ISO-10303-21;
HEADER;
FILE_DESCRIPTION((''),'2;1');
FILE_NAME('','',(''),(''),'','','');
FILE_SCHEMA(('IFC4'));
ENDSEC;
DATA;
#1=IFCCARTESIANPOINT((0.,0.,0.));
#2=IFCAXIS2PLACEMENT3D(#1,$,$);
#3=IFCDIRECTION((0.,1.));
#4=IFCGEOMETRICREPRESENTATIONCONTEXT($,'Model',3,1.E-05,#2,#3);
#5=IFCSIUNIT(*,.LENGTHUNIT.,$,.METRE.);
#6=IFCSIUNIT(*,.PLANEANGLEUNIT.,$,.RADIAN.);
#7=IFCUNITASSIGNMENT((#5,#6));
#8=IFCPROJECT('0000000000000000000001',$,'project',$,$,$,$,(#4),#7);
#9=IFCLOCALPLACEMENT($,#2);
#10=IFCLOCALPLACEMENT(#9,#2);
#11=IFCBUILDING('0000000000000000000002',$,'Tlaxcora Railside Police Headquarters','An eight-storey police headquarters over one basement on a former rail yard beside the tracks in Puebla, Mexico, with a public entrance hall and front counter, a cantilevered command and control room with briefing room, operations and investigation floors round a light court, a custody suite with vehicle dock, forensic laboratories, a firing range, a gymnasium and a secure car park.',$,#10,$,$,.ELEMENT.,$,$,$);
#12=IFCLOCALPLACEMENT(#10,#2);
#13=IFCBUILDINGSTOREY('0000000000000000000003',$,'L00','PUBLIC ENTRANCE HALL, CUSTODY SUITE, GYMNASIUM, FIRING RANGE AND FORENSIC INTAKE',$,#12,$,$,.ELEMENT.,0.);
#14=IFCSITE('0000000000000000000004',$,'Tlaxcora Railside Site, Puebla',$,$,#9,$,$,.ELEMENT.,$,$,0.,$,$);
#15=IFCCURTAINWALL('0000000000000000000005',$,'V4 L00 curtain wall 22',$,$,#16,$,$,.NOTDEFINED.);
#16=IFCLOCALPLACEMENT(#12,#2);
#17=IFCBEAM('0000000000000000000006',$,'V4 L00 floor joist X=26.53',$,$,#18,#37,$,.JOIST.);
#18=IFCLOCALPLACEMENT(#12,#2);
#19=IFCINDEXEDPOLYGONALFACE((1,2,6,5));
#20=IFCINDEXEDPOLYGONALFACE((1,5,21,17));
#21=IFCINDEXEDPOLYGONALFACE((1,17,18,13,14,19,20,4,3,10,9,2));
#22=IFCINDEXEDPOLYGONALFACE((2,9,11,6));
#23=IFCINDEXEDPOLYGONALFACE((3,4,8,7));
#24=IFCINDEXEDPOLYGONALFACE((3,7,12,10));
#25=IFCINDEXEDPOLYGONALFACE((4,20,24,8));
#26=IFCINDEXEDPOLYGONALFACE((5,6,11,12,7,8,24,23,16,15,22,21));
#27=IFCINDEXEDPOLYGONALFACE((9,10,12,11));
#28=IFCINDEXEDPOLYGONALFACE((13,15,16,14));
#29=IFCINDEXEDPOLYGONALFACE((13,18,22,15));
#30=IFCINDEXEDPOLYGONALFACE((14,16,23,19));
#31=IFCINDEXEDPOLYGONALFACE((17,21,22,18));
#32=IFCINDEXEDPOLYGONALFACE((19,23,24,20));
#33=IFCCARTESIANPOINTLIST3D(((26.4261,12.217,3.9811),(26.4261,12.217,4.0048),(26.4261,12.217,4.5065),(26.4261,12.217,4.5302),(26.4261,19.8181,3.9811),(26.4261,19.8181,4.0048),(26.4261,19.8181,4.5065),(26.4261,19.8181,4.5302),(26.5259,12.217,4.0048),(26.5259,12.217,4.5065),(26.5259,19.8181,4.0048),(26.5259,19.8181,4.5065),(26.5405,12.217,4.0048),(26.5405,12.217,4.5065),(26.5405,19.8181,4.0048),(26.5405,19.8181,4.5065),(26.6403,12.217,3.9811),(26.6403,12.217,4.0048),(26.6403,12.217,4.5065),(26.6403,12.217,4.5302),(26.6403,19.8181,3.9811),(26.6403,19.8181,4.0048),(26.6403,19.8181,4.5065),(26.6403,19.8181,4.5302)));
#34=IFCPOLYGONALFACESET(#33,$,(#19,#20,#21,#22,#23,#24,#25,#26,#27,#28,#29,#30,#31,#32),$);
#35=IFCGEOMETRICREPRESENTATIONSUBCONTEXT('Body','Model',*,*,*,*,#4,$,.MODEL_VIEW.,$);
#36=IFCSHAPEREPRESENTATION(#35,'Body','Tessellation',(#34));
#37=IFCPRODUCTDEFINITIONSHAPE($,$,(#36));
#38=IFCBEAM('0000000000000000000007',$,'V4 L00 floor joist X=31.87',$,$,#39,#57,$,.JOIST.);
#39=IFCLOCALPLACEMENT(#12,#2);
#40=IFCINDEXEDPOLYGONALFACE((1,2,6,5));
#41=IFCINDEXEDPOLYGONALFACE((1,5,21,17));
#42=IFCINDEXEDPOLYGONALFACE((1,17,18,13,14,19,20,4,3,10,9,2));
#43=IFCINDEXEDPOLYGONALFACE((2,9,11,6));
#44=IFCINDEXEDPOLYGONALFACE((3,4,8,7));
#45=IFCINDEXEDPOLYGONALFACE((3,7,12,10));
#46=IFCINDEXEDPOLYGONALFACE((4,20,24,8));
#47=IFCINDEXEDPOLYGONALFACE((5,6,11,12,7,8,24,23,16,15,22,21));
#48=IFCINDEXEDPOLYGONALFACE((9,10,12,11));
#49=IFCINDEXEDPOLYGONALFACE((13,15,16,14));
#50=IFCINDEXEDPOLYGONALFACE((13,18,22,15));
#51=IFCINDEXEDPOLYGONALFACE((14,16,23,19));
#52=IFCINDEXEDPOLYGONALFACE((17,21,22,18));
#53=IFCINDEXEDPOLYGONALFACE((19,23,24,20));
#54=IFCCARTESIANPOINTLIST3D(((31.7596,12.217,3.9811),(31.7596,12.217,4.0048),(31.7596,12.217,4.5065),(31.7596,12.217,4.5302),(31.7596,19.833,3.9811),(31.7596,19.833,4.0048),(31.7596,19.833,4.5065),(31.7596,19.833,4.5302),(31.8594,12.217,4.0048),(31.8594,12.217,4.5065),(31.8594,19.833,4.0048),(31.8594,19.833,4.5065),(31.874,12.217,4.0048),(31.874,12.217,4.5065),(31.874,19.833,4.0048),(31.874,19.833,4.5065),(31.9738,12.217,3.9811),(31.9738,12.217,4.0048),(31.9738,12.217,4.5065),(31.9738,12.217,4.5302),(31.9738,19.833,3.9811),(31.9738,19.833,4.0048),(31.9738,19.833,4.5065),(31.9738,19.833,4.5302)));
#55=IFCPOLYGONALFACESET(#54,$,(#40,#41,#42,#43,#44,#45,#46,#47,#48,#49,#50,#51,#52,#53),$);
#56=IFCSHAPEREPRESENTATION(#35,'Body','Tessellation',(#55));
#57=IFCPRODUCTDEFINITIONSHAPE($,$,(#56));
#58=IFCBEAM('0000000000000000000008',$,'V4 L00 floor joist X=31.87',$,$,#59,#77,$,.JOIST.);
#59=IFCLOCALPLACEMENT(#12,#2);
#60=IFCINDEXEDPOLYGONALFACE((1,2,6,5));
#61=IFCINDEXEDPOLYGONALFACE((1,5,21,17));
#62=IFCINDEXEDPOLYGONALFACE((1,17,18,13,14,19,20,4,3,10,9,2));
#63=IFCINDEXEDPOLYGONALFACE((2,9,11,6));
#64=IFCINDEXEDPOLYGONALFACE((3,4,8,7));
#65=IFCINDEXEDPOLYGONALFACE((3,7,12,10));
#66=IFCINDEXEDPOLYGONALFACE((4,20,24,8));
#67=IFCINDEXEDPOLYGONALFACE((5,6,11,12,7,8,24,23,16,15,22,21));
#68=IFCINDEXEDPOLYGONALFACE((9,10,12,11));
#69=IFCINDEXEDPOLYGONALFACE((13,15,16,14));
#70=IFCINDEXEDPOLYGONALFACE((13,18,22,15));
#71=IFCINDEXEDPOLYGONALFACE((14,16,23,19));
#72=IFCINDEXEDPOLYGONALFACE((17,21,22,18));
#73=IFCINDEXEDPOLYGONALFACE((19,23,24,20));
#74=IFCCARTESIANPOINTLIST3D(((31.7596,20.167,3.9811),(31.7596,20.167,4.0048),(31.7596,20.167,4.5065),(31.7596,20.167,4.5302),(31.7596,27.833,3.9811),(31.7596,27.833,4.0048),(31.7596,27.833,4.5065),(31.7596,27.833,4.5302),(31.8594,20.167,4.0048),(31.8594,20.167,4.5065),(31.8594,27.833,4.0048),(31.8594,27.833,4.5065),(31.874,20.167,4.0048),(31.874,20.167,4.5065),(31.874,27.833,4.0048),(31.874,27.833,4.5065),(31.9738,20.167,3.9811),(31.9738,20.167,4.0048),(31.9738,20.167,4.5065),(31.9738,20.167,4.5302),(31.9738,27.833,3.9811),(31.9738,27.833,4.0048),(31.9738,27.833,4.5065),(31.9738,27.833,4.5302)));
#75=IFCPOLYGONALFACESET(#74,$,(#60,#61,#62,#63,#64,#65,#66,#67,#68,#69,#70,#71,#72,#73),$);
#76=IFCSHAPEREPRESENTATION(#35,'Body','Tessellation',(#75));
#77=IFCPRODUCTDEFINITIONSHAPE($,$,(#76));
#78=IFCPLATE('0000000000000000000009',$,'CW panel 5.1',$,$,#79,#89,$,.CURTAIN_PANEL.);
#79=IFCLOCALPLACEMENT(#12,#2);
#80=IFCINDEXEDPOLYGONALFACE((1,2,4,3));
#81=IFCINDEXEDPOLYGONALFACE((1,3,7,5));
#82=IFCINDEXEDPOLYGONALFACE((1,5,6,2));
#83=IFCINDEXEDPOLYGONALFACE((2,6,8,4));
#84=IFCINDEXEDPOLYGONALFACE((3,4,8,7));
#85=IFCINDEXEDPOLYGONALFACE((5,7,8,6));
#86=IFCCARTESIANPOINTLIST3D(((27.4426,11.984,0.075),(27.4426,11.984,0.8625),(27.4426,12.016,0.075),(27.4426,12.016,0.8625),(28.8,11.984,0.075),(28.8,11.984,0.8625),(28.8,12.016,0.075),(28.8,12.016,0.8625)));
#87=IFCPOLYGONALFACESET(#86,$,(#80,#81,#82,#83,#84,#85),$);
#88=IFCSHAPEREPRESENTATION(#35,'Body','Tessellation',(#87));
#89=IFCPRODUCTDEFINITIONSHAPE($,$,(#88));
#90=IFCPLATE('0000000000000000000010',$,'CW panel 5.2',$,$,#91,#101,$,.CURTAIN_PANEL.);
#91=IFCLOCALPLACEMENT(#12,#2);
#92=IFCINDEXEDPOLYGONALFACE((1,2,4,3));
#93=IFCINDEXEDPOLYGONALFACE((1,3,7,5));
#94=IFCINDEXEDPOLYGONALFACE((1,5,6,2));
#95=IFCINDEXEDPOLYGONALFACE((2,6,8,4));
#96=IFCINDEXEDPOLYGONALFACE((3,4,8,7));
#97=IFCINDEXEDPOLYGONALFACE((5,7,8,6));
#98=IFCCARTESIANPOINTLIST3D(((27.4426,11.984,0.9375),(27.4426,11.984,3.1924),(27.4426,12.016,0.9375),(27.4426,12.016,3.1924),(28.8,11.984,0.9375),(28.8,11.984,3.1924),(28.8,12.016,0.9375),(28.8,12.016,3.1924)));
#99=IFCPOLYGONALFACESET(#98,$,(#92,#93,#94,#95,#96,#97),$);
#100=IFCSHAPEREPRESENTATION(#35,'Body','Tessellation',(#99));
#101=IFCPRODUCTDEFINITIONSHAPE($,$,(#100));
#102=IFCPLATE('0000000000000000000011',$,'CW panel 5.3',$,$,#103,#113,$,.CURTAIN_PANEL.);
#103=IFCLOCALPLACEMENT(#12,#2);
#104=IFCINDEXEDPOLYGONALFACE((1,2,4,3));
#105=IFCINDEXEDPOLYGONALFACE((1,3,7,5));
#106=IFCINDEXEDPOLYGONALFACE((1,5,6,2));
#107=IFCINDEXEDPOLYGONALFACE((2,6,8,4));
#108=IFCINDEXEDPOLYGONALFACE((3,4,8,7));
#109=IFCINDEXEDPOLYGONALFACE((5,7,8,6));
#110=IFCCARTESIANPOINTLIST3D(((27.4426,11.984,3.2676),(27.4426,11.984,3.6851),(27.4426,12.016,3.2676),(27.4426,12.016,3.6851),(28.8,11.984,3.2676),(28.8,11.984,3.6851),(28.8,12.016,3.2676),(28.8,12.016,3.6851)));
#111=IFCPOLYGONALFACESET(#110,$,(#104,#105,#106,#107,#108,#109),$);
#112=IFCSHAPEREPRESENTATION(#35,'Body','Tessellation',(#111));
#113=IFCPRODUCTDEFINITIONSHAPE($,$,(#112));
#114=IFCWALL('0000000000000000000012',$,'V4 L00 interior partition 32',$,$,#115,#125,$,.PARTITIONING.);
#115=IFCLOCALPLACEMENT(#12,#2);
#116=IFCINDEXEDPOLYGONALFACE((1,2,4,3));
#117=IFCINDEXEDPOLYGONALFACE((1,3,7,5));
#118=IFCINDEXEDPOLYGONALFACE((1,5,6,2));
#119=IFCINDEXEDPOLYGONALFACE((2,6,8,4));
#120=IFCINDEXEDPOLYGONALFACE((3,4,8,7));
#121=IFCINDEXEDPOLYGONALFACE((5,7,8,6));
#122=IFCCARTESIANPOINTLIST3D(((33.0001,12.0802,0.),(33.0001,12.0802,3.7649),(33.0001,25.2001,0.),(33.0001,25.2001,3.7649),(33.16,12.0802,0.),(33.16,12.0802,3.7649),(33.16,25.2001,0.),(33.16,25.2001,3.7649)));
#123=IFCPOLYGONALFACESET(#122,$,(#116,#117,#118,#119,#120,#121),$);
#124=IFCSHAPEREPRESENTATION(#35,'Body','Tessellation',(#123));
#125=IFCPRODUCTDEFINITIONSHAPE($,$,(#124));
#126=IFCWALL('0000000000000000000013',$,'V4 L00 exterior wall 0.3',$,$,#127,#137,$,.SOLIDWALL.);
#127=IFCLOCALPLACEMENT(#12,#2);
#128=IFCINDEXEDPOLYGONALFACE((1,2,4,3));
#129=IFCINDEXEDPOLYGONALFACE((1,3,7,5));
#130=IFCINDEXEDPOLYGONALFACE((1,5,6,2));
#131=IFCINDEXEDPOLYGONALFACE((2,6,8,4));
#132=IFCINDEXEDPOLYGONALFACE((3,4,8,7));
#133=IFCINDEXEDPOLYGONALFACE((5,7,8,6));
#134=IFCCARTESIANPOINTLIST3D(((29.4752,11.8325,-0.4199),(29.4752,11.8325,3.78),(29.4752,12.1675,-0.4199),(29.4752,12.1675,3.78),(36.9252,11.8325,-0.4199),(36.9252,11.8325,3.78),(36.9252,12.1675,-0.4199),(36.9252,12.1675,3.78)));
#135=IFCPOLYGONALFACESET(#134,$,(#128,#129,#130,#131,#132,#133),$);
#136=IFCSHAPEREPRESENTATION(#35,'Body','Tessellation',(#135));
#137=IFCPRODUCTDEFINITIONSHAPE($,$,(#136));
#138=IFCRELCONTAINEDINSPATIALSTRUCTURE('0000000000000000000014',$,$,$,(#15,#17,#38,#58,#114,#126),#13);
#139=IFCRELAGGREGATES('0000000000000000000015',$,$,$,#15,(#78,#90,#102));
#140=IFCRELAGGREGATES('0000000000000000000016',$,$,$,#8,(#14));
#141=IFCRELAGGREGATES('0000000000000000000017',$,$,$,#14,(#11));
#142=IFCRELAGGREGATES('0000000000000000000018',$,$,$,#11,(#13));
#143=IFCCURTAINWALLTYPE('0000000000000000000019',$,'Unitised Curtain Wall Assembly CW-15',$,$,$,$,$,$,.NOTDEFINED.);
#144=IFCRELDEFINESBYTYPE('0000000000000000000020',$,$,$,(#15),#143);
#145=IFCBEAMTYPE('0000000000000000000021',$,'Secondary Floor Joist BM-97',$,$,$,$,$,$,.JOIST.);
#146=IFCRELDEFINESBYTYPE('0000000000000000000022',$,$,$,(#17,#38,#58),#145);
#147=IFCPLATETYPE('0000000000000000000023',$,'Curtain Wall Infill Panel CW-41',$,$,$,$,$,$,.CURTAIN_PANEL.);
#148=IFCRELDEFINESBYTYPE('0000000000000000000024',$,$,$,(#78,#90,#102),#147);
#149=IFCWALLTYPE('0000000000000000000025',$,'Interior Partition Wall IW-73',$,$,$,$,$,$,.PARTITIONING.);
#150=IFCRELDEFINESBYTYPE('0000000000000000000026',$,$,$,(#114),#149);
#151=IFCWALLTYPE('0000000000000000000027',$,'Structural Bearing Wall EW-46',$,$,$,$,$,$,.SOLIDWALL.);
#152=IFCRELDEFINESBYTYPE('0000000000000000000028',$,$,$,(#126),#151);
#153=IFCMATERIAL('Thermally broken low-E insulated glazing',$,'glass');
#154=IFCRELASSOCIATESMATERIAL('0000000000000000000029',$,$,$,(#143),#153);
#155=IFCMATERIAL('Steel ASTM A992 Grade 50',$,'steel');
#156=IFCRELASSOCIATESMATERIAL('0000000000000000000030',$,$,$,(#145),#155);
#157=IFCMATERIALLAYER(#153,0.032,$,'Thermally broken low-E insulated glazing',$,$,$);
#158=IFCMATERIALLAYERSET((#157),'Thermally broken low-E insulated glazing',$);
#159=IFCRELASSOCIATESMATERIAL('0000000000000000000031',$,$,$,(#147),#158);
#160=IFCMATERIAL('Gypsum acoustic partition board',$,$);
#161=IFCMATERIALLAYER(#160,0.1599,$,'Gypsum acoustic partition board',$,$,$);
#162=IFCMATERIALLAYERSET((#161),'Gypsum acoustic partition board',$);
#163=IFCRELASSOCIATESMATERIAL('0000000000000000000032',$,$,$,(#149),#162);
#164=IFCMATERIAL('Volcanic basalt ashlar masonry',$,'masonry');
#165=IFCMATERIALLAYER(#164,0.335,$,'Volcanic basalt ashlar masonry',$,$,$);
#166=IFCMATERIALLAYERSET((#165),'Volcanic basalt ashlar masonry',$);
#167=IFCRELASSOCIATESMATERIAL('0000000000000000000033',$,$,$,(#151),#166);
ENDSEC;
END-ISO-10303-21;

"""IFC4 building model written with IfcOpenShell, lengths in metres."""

from ifc_helpers import new_model, si_unit, direction, frame, frame_2d, origin, origin_2d, place, context, subcontext, project, spatial, rectangle, i_section, extrude, material, layer, layer_set, material_profile, profile_set, type_object, element, aggregate, save


model = new_model("IFC4")

# Units and contexts
model_context = context("Model", 3, precision=1e-05, world=origin(), true_north=direction((0.0, 1.0)))
body_context = subcontext(model_context, "Body", "Model", "MODEL_VIEW")
ifc_project = project(units=[si_unit("LENGTHUNIT", "METRE"), si_unit("PLANEANGLEUNIT", "RADIAN")], contexts=[model_context])

# Site, building, storey
site_placement = place(None, origin())
site = spatial("IfcSite", under=ifc_project, at=site_placement, Name="Tlaxcora Railside Site, Puebla", CompositionType="ELEMENT", RefElevation=0.0)
building_placement = place(site_placement, origin())
building = spatial("IfcBuilding", under=site, at=building_placement, Name="Tlaxcora Railside Police Headquarters", Description="An eight-storey police headquarters over one basement on a former rail yard beside the tracks in Puebla, Mexico, with a public entrance hall and front counter, a cantilevered command and control room with briefing room, operations and investigation floors round a light court, a custody suite with vehicle dock, forensic laboratories, a firing range, a gymnasium and a secure car park.", CompositionType="ELEMENT")
storey_placement = place(building_placement, origin())
storey = spatial("IfcBuildingStorey", under=building, at=storey_placement, Name="L00", Description="PUBLIC ENTRANCE HALL, CUSTODY SUITE, GYMNASIUM, FIRING RANGE AND FORENSIC INTAKE", CompositionType="ELEMENT", Elevation=0.0)

# Curtain wall
ifc_material_1 = material(Name="Thermally broken low-E insulated glazing", Category="glass")
curtain_wall_type = type_object("IfcCurtainWallType", Name="Unitised Curtain Wall Assembly CW-15", PredefinedType="NOTDEFINED", material=ifc_material_1)
curtain_wall_placement = place(storey_placement, origin())
curtain_wall = element("IfcCurtainWall", 1, at=curtain_wall_placement, inside=storey, type_object=curtain_wall_type, Name="V4 L00 curtain wall 22", PredefinedType="NOTDEFINED")

# Beams
ifc_material_2 = material(Name="Steel ASTM A992 Grade 50", Category="steel")
ifc_material_profile_1 = material_profile(ifc_material_2, i_section(OverallWidth=0.2141, OverallDepth=0.5491, WebThickness=0.0146, FlangeThickness=0.0237, at=origin_2d()), Name="W21X93")
ifc_profile_set_1 = profile_set([ifc_material_profile_1], Name="Steel ASTM A992 Grade 50")
beam_type_1 = type_object("IfcBeamType", Name="Secondary Floor Joist BM-97", PredefinedType="JOIST", material=ifc_profile_set_1)
beam_1_placement = place(storey_placement, frame((26.5332, 12.217, 4.2556), z_axis=(0.0, 1.0, 0.0), x_axis=(-1.0, 0.0, 0.0)))
element("IfcBeam", 2, at=beam_1_placement, inside=storey, type_object=beam_type_1, Name="V4 L00 floor joist X=26.53", PredefinedType="JOIST", context=body_context, shape_type="SweptSolid", body=[
    extrude(i_section(OverallWidth=0.2141, OverallDepth=0.5491, WebThickness=0.0146, FlangeThickness=0.0237, at=origin_2d()), origin(), (0.0, 0.0, 1.0), 7.6011),
])
beam_2_placement = place(storey_placement, frame((31.8667, 12.217, 4.2556), z_axis=(0.0, 1.0, 0.0), x_axis=(-1.0, 0.0, 0.0)))
element("IfcBeam", 3, at=beam_2_placement, inside=storey, type_object=beam_type_1, Name="V4 L00 floor joist X=31.87", PredefinedType="JOIST", context=body_context, shape_type="SweptSolid", body=[
    extrude(i_section(OverallWidth=0.2141, OverallDepth=0.5491, WebThickness=0.0146, FlangeThickness=0.0237, at=origin_2d()), origin(), (0.0, 0.0, 1.0), 7.616),
])
beam_3_placement = place(storey_placement, frame((31.8667, 20.167, 4.2556), z_axis=(0.0, 1.0, 0.0), x_axis=(-1.0, 0.0, 0.0)))
element("IfcBeam", 4, at=beam_3_placement, inside=storey, type_object=beam_type_1, Name="V4 L00 floor joist X=31.87", PredefinedType="JOIST", context=body_context, shape_type="SweptSolid", body=[
    extrude(i_section(OverallWidth=0.2141, OverallDepth=0.5491, WebThickness=0.0146, FlangeThickness=0.0237, at=origin_2d()), origin(), (0.0, 0.0, 1.0), 7.666),
])

# Plates
ifc_layer_1 = layer(ifc_material_1, 0.032, Name="Thermally broken low-E insulated glazing")
ifc_layer_set_1 = layer_set([ifc_layer_1], Name="Thermally broken low-E insulated glazing")
plate_type = type_object("IfcPlateType", Name="Curtain Wall Infill Panel CW-41", PredefinedType="CURTAIN_PANEL", material=ifc_layer_set_1)
plate_1_placement = place(storey_placement, frame((28.1213, 12.0, 0.075), z_axis=(0.0, 0.0, 1.0), x_axis=(1.0, 0.0, 0.0)))
plate_1 = element("IfcPlate", 5, at=plate_1_placement, type_object=plate_type, Name="CW panel 5.1", PredefinedType="CURTAIN_PANEL", context=body_context, shape_type="SweptSolid", body=[
    extrude(rectangle(XDim=1.3574, YDim=0.032, at=origin_2d()), origin(), (0.0, 0.0, 1.0), 0.7876),
])
plate_2_placement = place(storey_placement, frame((28.1213, 12.0, 0.9375), z_axis=(0.0, 0.0, 1.0), x_axis=(1.0, 0.0, 0.0)))
plate_2 = element("IfcPlate", 6, at=plate_2_placement, type_object=plate_type, Name="CW panel 5.2", PredefinedType="CURTAIN_PANEL", context=body_context, shape_type="SweptSolid", body=[
    extrude(rectangle(XDim=1.3574, YDim=0.032, at=origin_2d()), origin(), (0.0, 0.0, 1.0), 2.2549),
])
plate_3_placement = place(storey_placement, frame((28.1213, 12.0, 3.2676), z_axis=(0.0, 0.0, 1.0), x_axis=(1.0, 0.0, 0.0)))
plate_3 = element("IfcPlate", 7, at=plate_3_placement, type_object=plate_type, Name="CW panel 5.3", PredefinedType="CURTAIN_PANEL", context=body_context, shape_type="SweptSolid", body=[
    extrude(rectangle(XDim=1.3574, YDim=0.032, at=origin_2d()), origin(), (0.0, 0.0, 1.0), 0.4175),
])
aggregate(curtain_wall, [plate_1, plate_2, plate_3])

# Walls
ifc_material_3 = material(Name="Gypsum acoustic partition board")
ifc_layer_2 = layer(ifc_material_3, 0.1599, Name="Gypsum acoustic partition board")
ifc_layer_set_2 = layer_set([ifc_layer_2], Name="Gypsum acoustic partition board")
wall_type_1 = type_object("IfcWallType", Name="Interior Partition Wall IW-73", PredefinedType="PARTITIONING", material=ifc_layer_set_2)
wall_1_placement = place(storey_placement, frame((33.0801, 12.0801, 0.0), z_axis=(0.0, 0.0, 1.0), x_axis=(0.0, 1.0, 0.0)))
element("IfcWall", 8, at=wall_1_placement, inside=storey, type_object=wall_type_1, Name="V4 L00 interior partition 32", PredefinedType="PARTITIONING", context=body_context, shape_type="SweptSolid", body=[
    extrude(rectangle(XDim=13.1199, YDim=0.1599, at=frame_2d((6.5601, 0.0))), origin(), (0.0, 0.0, 1.0), 3.7649),
])
ifc_material_4 = material(Name="Volcanic basalt ashlar masonry", Category="masonry")
ifc_layer_3 = layer(ifc_material_4, 0.335, Name="Volcanic basalt ashlar masonry")
ifc_layer_set_3 = layer_set([ifc_layer_3], Name="Volcanic basalt ashlar masonry")
wall_type_2 = type_object("IfcWallType", Name="Structural Bearing Wall EW-46", PredefinedType="SOLIDWALL", material=ifc_layer_set_3)
wall_2_placement = place(storey_placement, frame((29.4751, 12.0, -0.4199), z_axis=(0.0, 0.0, 1.0), x_axis=(1.0, 0.0, 0.0)))
element("IfcWall", 9, at=wall_2_placement, inside=storey, type_object=wall_type_2, Name="V4 L00 exterior wall 0.3", PredefinedType="SOLIDWALL", context=body_context, shape_type="SweptSolid", body=[
    extrude(rectangle(XDim=7.45, YDim=0.335, at=frame_2d((3.7251, 0.0))), origin(), (0.0, 0.0, 1.0), 4.2),
])

save(model, "model.ifc")
